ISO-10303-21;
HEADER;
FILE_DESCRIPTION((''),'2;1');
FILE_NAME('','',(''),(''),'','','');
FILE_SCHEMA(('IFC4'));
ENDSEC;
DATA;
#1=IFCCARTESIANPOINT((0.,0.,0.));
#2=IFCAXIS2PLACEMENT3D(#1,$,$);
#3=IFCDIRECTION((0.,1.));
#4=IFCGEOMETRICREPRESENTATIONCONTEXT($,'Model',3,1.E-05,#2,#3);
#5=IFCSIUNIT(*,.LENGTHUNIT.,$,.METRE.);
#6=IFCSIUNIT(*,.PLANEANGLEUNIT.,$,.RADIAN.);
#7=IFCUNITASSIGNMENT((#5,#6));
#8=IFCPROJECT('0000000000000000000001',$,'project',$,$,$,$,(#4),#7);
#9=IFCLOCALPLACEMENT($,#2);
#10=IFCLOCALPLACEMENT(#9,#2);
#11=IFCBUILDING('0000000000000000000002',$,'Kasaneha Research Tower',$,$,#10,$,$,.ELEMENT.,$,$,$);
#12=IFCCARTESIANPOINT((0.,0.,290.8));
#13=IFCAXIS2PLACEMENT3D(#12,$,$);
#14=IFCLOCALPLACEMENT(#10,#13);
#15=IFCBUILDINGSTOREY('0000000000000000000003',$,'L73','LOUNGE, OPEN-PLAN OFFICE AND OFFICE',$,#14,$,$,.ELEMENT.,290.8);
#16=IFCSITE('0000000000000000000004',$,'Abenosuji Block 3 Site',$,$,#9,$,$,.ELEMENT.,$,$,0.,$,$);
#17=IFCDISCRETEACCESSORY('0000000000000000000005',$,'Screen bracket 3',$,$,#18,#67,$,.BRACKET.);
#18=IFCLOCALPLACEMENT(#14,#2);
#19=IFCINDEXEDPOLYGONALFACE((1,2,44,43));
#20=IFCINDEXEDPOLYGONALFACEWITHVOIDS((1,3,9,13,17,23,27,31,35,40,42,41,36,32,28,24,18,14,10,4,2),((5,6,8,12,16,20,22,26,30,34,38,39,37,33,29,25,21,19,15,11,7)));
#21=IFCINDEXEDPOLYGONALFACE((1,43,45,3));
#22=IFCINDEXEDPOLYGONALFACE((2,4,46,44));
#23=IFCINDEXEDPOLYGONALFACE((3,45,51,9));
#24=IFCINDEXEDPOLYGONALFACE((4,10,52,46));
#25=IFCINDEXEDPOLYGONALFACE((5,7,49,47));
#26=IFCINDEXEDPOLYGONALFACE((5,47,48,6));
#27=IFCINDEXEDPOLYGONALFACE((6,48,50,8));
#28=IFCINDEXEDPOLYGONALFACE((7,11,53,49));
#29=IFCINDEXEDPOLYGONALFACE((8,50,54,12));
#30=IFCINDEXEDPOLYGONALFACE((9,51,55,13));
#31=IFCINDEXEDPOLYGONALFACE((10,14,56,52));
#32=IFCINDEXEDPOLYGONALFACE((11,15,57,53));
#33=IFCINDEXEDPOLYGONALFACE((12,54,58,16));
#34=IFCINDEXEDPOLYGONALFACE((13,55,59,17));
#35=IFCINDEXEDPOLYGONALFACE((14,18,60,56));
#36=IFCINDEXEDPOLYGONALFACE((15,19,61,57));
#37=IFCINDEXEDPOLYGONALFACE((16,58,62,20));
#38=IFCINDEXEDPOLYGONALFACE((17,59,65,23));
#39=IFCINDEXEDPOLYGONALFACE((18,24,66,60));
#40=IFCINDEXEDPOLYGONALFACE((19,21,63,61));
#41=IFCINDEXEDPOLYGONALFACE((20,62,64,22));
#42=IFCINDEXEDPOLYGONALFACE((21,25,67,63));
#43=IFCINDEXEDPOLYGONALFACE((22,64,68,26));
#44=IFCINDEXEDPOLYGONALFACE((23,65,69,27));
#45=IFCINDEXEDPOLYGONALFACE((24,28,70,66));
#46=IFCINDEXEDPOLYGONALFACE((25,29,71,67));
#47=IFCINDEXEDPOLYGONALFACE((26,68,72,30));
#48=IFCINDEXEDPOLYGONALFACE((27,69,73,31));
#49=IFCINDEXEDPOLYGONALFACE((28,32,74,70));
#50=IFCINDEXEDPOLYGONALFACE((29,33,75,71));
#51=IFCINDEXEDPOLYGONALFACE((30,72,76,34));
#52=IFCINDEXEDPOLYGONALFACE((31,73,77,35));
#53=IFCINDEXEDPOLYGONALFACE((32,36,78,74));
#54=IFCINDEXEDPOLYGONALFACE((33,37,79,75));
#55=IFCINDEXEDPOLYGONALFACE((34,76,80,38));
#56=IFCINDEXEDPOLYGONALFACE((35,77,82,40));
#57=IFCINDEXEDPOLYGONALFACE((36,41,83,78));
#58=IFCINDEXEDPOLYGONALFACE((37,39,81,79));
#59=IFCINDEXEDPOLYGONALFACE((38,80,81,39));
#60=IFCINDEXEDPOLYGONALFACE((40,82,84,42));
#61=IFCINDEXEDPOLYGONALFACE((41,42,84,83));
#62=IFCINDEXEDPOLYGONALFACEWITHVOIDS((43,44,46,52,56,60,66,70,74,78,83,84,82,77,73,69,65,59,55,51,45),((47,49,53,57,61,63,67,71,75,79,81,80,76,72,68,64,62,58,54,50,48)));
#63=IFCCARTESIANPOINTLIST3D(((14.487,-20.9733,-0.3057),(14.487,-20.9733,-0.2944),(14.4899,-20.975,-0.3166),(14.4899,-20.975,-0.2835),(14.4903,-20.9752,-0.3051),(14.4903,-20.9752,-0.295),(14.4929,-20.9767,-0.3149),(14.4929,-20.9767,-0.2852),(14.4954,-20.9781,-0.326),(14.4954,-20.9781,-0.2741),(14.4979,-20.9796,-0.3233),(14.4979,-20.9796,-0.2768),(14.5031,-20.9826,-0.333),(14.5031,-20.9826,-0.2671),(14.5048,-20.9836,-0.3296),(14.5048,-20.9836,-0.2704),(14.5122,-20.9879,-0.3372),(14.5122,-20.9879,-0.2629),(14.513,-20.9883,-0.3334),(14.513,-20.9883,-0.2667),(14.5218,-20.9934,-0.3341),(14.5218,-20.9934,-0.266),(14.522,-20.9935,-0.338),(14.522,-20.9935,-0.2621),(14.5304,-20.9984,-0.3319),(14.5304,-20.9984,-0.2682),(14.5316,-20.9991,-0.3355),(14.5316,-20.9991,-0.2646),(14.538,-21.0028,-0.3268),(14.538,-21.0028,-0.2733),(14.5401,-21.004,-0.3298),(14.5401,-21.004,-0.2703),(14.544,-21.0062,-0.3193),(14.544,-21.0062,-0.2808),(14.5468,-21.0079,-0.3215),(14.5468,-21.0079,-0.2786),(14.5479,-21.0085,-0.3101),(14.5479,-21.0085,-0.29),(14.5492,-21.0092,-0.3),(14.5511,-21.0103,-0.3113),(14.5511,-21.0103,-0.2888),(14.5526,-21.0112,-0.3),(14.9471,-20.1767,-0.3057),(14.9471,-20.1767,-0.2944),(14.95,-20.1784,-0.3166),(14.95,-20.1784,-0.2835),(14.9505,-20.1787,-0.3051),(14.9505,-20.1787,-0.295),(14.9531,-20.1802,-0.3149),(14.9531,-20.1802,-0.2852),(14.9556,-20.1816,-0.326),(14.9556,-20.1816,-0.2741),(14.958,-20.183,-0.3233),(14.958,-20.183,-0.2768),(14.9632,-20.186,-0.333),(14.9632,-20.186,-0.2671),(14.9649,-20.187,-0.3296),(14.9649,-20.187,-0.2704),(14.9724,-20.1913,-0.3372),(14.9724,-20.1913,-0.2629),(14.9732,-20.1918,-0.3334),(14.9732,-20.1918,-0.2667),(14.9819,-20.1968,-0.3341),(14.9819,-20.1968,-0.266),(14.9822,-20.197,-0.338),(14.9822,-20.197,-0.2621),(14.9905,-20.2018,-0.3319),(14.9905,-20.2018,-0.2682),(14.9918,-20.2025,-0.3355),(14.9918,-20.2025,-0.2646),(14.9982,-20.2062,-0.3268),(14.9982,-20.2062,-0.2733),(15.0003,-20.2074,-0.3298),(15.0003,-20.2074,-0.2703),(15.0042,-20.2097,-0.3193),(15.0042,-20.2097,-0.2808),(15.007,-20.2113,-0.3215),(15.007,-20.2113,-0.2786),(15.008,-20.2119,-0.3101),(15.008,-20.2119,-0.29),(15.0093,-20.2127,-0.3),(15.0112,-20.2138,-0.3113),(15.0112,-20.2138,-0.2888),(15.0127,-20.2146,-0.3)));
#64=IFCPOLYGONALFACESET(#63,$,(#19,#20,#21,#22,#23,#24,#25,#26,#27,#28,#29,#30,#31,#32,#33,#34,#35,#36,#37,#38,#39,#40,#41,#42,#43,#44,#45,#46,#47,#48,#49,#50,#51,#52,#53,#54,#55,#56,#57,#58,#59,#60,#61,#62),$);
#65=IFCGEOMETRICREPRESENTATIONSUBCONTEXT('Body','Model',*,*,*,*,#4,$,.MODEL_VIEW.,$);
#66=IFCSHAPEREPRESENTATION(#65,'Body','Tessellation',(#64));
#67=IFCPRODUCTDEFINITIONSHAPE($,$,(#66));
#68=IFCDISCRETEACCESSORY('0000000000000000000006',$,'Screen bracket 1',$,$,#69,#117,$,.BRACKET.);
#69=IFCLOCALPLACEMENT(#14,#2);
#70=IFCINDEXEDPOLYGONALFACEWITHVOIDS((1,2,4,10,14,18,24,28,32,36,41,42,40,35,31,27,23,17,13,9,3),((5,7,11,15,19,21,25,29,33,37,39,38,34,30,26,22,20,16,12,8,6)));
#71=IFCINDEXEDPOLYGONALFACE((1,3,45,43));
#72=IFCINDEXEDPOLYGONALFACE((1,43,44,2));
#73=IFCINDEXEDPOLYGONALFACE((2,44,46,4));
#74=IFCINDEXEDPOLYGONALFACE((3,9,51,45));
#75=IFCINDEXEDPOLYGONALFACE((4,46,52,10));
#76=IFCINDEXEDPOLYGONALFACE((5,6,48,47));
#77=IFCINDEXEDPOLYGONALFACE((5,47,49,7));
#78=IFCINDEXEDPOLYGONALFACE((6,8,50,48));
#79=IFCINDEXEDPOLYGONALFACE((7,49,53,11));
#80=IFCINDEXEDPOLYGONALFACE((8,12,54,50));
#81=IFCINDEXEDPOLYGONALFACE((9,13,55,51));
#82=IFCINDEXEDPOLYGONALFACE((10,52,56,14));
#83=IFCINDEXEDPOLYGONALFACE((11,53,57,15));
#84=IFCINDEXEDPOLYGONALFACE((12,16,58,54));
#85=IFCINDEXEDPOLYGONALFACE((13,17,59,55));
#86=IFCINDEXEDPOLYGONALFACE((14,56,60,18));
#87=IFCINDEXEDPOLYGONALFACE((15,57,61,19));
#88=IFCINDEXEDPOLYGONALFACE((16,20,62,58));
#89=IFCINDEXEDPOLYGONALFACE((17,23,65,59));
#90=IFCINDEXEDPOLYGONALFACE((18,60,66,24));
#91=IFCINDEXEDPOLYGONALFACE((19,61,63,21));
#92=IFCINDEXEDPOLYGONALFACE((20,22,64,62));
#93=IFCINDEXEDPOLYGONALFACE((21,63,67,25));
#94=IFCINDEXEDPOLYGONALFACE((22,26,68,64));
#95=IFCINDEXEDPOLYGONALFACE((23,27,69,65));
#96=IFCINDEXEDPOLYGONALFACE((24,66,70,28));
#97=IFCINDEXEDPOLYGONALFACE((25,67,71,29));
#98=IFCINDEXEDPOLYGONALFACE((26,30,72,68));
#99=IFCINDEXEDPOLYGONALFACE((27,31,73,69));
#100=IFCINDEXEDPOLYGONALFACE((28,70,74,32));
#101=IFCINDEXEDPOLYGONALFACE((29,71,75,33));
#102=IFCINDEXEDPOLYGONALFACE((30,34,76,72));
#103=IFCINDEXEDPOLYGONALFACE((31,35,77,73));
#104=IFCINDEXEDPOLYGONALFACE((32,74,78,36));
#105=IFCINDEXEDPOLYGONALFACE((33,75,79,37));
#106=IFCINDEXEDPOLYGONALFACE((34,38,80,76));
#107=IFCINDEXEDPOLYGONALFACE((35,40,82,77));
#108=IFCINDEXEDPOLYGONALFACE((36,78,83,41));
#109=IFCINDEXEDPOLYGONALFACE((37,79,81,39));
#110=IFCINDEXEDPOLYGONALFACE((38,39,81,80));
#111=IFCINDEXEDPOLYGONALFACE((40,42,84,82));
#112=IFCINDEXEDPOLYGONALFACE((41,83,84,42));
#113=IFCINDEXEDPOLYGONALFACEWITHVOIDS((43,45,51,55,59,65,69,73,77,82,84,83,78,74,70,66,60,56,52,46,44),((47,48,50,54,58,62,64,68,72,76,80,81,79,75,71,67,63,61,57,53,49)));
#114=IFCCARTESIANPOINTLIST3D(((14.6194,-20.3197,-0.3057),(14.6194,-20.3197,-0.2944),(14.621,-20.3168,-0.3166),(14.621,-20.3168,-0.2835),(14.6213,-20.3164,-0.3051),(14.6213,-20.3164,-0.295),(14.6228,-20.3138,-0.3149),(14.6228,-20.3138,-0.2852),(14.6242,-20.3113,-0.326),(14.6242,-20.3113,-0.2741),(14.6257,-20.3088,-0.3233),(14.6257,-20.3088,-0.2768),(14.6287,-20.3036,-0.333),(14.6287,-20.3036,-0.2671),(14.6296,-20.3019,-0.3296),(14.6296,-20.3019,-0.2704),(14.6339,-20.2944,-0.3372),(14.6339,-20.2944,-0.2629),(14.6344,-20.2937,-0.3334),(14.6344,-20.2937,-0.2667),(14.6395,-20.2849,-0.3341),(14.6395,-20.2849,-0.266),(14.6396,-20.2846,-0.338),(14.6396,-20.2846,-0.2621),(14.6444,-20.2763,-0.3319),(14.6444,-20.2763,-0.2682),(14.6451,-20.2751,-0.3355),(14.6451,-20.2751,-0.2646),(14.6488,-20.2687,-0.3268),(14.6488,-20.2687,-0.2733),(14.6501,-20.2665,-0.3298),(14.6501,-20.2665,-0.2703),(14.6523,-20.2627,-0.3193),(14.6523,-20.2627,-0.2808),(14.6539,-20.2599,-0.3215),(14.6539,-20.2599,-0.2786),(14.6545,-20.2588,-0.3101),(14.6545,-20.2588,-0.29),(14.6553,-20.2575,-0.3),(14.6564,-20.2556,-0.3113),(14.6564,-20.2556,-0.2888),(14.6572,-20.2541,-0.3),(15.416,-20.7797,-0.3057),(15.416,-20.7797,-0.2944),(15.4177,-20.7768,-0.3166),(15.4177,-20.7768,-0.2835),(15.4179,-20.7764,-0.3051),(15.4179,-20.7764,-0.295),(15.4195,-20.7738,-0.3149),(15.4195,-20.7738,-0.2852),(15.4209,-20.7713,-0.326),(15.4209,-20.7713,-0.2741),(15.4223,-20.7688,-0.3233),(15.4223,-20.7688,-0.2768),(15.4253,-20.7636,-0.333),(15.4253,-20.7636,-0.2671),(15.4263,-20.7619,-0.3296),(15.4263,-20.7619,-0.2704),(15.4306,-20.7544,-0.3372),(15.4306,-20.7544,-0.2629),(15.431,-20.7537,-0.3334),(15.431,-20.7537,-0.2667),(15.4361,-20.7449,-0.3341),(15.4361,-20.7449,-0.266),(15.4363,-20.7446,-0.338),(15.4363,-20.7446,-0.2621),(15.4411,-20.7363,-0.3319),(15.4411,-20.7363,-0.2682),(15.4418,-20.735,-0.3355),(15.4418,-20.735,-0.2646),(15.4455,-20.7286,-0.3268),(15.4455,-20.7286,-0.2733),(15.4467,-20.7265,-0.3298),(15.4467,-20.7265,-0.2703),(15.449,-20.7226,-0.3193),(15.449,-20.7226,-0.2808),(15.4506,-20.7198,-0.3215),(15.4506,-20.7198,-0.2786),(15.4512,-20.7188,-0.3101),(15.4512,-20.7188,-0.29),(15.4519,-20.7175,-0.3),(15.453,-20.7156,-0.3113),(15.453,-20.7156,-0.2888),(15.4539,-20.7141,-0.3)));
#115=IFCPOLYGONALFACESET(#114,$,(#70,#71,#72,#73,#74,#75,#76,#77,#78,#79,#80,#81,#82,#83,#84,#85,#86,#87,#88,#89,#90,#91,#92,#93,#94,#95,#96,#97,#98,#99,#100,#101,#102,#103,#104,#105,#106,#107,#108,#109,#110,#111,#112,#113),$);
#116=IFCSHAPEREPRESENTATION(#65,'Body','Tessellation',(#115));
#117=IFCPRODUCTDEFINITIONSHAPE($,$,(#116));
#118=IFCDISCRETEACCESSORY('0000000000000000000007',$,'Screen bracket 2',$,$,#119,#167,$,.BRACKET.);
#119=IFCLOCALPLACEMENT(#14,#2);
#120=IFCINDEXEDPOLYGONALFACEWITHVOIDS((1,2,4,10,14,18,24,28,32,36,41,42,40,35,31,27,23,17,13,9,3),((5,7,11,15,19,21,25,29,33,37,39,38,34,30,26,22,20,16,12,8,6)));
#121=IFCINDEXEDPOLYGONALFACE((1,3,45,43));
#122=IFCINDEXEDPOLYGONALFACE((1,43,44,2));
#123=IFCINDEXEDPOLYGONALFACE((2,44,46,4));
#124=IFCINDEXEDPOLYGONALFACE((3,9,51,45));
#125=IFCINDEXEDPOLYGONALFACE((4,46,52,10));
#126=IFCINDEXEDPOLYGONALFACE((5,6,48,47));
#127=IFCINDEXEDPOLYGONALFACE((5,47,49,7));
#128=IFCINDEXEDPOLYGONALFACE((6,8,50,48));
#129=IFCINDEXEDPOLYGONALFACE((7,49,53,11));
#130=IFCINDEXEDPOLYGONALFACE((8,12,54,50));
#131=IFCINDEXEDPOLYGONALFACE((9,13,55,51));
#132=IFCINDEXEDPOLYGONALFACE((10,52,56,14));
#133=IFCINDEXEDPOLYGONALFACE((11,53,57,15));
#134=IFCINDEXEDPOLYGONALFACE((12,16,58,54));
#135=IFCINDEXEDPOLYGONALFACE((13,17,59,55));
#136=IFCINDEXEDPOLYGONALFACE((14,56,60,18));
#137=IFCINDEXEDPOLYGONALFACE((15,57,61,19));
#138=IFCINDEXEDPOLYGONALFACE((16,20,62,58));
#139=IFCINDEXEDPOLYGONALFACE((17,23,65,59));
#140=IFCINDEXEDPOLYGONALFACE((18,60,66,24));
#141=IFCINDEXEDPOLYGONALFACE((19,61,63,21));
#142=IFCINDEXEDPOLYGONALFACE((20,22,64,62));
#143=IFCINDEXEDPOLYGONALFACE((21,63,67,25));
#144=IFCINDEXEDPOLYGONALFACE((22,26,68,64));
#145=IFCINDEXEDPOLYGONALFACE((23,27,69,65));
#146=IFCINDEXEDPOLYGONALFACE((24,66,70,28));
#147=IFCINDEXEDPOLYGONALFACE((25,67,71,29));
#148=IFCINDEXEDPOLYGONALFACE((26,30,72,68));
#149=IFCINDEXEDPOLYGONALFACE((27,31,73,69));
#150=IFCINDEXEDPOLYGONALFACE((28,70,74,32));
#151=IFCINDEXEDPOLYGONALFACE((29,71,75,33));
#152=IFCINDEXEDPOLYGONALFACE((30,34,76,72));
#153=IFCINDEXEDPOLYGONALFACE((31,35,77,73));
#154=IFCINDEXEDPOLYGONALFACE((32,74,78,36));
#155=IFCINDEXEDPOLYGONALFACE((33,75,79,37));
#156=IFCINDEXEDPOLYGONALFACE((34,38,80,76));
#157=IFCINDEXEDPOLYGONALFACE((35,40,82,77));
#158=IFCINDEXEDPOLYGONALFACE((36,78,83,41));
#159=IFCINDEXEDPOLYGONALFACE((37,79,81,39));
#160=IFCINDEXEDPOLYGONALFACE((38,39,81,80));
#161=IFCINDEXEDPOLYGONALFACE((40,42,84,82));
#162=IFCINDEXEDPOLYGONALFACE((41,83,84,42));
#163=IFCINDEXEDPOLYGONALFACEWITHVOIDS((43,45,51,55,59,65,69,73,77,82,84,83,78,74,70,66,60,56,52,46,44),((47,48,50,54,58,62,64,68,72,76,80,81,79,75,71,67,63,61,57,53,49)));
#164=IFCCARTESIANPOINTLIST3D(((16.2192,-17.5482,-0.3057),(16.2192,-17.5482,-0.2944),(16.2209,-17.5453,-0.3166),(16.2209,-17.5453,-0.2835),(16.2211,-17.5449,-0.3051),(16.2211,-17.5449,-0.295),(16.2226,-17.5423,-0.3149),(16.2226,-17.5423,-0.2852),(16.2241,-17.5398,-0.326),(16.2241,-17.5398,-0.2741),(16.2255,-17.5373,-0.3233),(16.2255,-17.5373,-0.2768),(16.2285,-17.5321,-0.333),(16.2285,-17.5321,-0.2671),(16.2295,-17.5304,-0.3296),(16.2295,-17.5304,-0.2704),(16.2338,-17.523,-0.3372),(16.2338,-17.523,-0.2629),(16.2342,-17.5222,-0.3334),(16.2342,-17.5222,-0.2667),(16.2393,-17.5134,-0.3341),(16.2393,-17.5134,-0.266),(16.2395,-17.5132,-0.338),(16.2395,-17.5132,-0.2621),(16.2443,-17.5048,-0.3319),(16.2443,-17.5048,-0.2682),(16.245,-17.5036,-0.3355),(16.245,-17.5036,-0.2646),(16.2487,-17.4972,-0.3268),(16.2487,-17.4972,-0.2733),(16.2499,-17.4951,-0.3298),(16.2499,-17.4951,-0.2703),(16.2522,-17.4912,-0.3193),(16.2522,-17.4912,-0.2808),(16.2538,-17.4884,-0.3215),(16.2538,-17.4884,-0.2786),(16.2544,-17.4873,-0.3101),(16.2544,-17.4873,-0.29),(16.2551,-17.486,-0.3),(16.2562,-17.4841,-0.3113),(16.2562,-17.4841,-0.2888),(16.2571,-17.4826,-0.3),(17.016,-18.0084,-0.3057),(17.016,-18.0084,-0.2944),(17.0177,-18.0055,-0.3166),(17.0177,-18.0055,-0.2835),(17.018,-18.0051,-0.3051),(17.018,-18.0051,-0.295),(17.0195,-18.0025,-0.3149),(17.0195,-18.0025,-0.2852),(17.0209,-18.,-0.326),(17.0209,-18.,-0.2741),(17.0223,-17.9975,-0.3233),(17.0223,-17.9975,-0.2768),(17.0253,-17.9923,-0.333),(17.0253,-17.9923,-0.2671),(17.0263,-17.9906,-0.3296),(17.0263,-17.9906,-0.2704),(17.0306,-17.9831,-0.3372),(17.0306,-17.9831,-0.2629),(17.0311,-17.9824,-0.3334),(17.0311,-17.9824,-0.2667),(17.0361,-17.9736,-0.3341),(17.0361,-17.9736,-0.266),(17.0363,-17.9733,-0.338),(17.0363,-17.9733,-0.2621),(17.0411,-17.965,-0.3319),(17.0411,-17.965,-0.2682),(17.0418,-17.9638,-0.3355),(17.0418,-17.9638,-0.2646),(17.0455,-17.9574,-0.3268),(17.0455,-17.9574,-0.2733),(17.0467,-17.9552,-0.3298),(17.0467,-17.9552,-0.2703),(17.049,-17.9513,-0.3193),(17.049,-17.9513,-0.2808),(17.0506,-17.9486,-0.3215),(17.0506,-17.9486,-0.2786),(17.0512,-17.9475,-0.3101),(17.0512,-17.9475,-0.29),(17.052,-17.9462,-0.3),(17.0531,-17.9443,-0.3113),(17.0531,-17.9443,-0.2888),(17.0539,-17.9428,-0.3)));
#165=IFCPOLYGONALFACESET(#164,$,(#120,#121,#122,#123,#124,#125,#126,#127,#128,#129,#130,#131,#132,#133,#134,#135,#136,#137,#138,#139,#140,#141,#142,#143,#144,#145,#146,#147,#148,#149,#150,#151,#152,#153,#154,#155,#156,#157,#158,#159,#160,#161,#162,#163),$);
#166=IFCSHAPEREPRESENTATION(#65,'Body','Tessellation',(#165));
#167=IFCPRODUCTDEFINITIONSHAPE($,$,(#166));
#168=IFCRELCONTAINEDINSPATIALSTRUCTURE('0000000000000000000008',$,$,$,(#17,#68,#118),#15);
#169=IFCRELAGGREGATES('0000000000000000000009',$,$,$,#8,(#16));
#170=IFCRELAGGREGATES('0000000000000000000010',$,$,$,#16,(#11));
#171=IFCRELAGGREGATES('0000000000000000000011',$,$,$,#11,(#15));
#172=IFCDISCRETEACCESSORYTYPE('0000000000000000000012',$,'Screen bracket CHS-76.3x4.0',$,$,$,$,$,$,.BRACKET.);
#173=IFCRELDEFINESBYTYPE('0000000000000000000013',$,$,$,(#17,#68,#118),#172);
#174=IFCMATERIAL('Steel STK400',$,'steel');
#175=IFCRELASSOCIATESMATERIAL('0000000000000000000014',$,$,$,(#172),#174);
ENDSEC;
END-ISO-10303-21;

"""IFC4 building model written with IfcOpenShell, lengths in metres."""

from ifc_helpers import new_model, si_unit, direction, frame, origin, origin_2d, place, context, subcontext, project, spatial, hollow_circle, extrude, material, material_profile, profile_set, type_object, element, save


model = new_model("IFC4")

# Units and contexts
model_context = context("Model", 3, precision=1e-05, world=origin(), true_north=direction((0.0, 1.0)))
body_context = subcontext(model_context, "Body", "Model", "MODEL_VIEW")
ifc_project = project(units=[si_unit("LENGTHUNIT", "METRE"), si_unit("PLANEANGLEUNIT", "RADIAN")], contexts=[model_context])

# Site, building, storey
site_placement = place(None, origin())
site = spatial("IfcSite", under=ifc_project, at=site_placement, Name="Abenosuji Block 3 Site", CompositionType="ELEMENT", RefElevation=0.0)
building_placement = place(site_placement, origin())
building = spatial("IfcBuilding", under=site, at=building_placement, Name="Kasaneha Research Tower", CompositionType="ELEMENT")
storey_placement = place(building_placement, frame((0.0, 0.0, 290.8)))
storey = spatial("IfcBuildingStorey", under=building, at=storey_placement, Name="L73", Description="LOUNGE, OPEN-PLAN OFFICE AND OFFICE", CompositionType="ELEMENT", Elevation=290.8)

# Discrete accessories
ifc_material_1 = material(Name="Steel STK400", Category="steel")
ifc_material_profile_1 = material_profile(ifc_material_1, hollow_circle(Radius=0.0381, WallThickness=0.0039, at=origin_2d()), Name="CHS-76.3x4.0")
ifc_profile_set_1 = profile_set([ifc_material_profile_1], Name="Steel STK400")
discrete_accessory_type = type_object("IfcDiscreteAccessoryType", Name="Screen bracket CHS-76.3x4.0", PredefinedType="BRACKET", material=ifc_profile_set_1)
for number, where, z_axis, x_axis, name in (
    (1, (14.9797, -20.1956, -0.3), (-0.50022, -0.865898, 0.0), (0.865898, -0.50022, 0.0), "Screen bracket 3"),
    (2, (14.6382, -20.2871, -0.3), (0.866013, -0.500021, 0.0), (0.500021, 0.866013, 0.0), "Screen bracket 1"),
):
    element("IfcDiscreteAccessory", number, at=place(storey_placement, frame(where, z_axis=z_axis, x_axis=x_axis)), inside=storey, type_object=discrete_accessory_type, Name=name, PredefinedType="BRACKET", context=body_context, shape_type="SweptSolid", body=[
        extrude(hollow_circle(Radius=0.0381, WallThickness=0.0039, at=origin_2d()), origin(), (0.0, 0.0, 1.0), 0.9199),
    ])
discrete_accessory_placement = place(storey_placement, frame((16.238, -17.5156, -0.3), z_axis=(0.865965, -0.500105, 0.0), x_axis=(0.500105, 0.865965, 0.0)))
element("IfcDiscreteAccessory", 3, at=discrete_accessory_placement, inside=storey, type_object=discrete_accessory_type, Name="Screen bracket 2", PredefinedType="BRACKET", context=body_context, shape_type="SweptSolid", body=[
    extrude(hollow_circle(Radius=0.0381, WallThickness=0.0039, at=origin_2d()), origin(), (0.0, 0.0, 1.0), 0.9202),
])

save(model, "model.ifc")
